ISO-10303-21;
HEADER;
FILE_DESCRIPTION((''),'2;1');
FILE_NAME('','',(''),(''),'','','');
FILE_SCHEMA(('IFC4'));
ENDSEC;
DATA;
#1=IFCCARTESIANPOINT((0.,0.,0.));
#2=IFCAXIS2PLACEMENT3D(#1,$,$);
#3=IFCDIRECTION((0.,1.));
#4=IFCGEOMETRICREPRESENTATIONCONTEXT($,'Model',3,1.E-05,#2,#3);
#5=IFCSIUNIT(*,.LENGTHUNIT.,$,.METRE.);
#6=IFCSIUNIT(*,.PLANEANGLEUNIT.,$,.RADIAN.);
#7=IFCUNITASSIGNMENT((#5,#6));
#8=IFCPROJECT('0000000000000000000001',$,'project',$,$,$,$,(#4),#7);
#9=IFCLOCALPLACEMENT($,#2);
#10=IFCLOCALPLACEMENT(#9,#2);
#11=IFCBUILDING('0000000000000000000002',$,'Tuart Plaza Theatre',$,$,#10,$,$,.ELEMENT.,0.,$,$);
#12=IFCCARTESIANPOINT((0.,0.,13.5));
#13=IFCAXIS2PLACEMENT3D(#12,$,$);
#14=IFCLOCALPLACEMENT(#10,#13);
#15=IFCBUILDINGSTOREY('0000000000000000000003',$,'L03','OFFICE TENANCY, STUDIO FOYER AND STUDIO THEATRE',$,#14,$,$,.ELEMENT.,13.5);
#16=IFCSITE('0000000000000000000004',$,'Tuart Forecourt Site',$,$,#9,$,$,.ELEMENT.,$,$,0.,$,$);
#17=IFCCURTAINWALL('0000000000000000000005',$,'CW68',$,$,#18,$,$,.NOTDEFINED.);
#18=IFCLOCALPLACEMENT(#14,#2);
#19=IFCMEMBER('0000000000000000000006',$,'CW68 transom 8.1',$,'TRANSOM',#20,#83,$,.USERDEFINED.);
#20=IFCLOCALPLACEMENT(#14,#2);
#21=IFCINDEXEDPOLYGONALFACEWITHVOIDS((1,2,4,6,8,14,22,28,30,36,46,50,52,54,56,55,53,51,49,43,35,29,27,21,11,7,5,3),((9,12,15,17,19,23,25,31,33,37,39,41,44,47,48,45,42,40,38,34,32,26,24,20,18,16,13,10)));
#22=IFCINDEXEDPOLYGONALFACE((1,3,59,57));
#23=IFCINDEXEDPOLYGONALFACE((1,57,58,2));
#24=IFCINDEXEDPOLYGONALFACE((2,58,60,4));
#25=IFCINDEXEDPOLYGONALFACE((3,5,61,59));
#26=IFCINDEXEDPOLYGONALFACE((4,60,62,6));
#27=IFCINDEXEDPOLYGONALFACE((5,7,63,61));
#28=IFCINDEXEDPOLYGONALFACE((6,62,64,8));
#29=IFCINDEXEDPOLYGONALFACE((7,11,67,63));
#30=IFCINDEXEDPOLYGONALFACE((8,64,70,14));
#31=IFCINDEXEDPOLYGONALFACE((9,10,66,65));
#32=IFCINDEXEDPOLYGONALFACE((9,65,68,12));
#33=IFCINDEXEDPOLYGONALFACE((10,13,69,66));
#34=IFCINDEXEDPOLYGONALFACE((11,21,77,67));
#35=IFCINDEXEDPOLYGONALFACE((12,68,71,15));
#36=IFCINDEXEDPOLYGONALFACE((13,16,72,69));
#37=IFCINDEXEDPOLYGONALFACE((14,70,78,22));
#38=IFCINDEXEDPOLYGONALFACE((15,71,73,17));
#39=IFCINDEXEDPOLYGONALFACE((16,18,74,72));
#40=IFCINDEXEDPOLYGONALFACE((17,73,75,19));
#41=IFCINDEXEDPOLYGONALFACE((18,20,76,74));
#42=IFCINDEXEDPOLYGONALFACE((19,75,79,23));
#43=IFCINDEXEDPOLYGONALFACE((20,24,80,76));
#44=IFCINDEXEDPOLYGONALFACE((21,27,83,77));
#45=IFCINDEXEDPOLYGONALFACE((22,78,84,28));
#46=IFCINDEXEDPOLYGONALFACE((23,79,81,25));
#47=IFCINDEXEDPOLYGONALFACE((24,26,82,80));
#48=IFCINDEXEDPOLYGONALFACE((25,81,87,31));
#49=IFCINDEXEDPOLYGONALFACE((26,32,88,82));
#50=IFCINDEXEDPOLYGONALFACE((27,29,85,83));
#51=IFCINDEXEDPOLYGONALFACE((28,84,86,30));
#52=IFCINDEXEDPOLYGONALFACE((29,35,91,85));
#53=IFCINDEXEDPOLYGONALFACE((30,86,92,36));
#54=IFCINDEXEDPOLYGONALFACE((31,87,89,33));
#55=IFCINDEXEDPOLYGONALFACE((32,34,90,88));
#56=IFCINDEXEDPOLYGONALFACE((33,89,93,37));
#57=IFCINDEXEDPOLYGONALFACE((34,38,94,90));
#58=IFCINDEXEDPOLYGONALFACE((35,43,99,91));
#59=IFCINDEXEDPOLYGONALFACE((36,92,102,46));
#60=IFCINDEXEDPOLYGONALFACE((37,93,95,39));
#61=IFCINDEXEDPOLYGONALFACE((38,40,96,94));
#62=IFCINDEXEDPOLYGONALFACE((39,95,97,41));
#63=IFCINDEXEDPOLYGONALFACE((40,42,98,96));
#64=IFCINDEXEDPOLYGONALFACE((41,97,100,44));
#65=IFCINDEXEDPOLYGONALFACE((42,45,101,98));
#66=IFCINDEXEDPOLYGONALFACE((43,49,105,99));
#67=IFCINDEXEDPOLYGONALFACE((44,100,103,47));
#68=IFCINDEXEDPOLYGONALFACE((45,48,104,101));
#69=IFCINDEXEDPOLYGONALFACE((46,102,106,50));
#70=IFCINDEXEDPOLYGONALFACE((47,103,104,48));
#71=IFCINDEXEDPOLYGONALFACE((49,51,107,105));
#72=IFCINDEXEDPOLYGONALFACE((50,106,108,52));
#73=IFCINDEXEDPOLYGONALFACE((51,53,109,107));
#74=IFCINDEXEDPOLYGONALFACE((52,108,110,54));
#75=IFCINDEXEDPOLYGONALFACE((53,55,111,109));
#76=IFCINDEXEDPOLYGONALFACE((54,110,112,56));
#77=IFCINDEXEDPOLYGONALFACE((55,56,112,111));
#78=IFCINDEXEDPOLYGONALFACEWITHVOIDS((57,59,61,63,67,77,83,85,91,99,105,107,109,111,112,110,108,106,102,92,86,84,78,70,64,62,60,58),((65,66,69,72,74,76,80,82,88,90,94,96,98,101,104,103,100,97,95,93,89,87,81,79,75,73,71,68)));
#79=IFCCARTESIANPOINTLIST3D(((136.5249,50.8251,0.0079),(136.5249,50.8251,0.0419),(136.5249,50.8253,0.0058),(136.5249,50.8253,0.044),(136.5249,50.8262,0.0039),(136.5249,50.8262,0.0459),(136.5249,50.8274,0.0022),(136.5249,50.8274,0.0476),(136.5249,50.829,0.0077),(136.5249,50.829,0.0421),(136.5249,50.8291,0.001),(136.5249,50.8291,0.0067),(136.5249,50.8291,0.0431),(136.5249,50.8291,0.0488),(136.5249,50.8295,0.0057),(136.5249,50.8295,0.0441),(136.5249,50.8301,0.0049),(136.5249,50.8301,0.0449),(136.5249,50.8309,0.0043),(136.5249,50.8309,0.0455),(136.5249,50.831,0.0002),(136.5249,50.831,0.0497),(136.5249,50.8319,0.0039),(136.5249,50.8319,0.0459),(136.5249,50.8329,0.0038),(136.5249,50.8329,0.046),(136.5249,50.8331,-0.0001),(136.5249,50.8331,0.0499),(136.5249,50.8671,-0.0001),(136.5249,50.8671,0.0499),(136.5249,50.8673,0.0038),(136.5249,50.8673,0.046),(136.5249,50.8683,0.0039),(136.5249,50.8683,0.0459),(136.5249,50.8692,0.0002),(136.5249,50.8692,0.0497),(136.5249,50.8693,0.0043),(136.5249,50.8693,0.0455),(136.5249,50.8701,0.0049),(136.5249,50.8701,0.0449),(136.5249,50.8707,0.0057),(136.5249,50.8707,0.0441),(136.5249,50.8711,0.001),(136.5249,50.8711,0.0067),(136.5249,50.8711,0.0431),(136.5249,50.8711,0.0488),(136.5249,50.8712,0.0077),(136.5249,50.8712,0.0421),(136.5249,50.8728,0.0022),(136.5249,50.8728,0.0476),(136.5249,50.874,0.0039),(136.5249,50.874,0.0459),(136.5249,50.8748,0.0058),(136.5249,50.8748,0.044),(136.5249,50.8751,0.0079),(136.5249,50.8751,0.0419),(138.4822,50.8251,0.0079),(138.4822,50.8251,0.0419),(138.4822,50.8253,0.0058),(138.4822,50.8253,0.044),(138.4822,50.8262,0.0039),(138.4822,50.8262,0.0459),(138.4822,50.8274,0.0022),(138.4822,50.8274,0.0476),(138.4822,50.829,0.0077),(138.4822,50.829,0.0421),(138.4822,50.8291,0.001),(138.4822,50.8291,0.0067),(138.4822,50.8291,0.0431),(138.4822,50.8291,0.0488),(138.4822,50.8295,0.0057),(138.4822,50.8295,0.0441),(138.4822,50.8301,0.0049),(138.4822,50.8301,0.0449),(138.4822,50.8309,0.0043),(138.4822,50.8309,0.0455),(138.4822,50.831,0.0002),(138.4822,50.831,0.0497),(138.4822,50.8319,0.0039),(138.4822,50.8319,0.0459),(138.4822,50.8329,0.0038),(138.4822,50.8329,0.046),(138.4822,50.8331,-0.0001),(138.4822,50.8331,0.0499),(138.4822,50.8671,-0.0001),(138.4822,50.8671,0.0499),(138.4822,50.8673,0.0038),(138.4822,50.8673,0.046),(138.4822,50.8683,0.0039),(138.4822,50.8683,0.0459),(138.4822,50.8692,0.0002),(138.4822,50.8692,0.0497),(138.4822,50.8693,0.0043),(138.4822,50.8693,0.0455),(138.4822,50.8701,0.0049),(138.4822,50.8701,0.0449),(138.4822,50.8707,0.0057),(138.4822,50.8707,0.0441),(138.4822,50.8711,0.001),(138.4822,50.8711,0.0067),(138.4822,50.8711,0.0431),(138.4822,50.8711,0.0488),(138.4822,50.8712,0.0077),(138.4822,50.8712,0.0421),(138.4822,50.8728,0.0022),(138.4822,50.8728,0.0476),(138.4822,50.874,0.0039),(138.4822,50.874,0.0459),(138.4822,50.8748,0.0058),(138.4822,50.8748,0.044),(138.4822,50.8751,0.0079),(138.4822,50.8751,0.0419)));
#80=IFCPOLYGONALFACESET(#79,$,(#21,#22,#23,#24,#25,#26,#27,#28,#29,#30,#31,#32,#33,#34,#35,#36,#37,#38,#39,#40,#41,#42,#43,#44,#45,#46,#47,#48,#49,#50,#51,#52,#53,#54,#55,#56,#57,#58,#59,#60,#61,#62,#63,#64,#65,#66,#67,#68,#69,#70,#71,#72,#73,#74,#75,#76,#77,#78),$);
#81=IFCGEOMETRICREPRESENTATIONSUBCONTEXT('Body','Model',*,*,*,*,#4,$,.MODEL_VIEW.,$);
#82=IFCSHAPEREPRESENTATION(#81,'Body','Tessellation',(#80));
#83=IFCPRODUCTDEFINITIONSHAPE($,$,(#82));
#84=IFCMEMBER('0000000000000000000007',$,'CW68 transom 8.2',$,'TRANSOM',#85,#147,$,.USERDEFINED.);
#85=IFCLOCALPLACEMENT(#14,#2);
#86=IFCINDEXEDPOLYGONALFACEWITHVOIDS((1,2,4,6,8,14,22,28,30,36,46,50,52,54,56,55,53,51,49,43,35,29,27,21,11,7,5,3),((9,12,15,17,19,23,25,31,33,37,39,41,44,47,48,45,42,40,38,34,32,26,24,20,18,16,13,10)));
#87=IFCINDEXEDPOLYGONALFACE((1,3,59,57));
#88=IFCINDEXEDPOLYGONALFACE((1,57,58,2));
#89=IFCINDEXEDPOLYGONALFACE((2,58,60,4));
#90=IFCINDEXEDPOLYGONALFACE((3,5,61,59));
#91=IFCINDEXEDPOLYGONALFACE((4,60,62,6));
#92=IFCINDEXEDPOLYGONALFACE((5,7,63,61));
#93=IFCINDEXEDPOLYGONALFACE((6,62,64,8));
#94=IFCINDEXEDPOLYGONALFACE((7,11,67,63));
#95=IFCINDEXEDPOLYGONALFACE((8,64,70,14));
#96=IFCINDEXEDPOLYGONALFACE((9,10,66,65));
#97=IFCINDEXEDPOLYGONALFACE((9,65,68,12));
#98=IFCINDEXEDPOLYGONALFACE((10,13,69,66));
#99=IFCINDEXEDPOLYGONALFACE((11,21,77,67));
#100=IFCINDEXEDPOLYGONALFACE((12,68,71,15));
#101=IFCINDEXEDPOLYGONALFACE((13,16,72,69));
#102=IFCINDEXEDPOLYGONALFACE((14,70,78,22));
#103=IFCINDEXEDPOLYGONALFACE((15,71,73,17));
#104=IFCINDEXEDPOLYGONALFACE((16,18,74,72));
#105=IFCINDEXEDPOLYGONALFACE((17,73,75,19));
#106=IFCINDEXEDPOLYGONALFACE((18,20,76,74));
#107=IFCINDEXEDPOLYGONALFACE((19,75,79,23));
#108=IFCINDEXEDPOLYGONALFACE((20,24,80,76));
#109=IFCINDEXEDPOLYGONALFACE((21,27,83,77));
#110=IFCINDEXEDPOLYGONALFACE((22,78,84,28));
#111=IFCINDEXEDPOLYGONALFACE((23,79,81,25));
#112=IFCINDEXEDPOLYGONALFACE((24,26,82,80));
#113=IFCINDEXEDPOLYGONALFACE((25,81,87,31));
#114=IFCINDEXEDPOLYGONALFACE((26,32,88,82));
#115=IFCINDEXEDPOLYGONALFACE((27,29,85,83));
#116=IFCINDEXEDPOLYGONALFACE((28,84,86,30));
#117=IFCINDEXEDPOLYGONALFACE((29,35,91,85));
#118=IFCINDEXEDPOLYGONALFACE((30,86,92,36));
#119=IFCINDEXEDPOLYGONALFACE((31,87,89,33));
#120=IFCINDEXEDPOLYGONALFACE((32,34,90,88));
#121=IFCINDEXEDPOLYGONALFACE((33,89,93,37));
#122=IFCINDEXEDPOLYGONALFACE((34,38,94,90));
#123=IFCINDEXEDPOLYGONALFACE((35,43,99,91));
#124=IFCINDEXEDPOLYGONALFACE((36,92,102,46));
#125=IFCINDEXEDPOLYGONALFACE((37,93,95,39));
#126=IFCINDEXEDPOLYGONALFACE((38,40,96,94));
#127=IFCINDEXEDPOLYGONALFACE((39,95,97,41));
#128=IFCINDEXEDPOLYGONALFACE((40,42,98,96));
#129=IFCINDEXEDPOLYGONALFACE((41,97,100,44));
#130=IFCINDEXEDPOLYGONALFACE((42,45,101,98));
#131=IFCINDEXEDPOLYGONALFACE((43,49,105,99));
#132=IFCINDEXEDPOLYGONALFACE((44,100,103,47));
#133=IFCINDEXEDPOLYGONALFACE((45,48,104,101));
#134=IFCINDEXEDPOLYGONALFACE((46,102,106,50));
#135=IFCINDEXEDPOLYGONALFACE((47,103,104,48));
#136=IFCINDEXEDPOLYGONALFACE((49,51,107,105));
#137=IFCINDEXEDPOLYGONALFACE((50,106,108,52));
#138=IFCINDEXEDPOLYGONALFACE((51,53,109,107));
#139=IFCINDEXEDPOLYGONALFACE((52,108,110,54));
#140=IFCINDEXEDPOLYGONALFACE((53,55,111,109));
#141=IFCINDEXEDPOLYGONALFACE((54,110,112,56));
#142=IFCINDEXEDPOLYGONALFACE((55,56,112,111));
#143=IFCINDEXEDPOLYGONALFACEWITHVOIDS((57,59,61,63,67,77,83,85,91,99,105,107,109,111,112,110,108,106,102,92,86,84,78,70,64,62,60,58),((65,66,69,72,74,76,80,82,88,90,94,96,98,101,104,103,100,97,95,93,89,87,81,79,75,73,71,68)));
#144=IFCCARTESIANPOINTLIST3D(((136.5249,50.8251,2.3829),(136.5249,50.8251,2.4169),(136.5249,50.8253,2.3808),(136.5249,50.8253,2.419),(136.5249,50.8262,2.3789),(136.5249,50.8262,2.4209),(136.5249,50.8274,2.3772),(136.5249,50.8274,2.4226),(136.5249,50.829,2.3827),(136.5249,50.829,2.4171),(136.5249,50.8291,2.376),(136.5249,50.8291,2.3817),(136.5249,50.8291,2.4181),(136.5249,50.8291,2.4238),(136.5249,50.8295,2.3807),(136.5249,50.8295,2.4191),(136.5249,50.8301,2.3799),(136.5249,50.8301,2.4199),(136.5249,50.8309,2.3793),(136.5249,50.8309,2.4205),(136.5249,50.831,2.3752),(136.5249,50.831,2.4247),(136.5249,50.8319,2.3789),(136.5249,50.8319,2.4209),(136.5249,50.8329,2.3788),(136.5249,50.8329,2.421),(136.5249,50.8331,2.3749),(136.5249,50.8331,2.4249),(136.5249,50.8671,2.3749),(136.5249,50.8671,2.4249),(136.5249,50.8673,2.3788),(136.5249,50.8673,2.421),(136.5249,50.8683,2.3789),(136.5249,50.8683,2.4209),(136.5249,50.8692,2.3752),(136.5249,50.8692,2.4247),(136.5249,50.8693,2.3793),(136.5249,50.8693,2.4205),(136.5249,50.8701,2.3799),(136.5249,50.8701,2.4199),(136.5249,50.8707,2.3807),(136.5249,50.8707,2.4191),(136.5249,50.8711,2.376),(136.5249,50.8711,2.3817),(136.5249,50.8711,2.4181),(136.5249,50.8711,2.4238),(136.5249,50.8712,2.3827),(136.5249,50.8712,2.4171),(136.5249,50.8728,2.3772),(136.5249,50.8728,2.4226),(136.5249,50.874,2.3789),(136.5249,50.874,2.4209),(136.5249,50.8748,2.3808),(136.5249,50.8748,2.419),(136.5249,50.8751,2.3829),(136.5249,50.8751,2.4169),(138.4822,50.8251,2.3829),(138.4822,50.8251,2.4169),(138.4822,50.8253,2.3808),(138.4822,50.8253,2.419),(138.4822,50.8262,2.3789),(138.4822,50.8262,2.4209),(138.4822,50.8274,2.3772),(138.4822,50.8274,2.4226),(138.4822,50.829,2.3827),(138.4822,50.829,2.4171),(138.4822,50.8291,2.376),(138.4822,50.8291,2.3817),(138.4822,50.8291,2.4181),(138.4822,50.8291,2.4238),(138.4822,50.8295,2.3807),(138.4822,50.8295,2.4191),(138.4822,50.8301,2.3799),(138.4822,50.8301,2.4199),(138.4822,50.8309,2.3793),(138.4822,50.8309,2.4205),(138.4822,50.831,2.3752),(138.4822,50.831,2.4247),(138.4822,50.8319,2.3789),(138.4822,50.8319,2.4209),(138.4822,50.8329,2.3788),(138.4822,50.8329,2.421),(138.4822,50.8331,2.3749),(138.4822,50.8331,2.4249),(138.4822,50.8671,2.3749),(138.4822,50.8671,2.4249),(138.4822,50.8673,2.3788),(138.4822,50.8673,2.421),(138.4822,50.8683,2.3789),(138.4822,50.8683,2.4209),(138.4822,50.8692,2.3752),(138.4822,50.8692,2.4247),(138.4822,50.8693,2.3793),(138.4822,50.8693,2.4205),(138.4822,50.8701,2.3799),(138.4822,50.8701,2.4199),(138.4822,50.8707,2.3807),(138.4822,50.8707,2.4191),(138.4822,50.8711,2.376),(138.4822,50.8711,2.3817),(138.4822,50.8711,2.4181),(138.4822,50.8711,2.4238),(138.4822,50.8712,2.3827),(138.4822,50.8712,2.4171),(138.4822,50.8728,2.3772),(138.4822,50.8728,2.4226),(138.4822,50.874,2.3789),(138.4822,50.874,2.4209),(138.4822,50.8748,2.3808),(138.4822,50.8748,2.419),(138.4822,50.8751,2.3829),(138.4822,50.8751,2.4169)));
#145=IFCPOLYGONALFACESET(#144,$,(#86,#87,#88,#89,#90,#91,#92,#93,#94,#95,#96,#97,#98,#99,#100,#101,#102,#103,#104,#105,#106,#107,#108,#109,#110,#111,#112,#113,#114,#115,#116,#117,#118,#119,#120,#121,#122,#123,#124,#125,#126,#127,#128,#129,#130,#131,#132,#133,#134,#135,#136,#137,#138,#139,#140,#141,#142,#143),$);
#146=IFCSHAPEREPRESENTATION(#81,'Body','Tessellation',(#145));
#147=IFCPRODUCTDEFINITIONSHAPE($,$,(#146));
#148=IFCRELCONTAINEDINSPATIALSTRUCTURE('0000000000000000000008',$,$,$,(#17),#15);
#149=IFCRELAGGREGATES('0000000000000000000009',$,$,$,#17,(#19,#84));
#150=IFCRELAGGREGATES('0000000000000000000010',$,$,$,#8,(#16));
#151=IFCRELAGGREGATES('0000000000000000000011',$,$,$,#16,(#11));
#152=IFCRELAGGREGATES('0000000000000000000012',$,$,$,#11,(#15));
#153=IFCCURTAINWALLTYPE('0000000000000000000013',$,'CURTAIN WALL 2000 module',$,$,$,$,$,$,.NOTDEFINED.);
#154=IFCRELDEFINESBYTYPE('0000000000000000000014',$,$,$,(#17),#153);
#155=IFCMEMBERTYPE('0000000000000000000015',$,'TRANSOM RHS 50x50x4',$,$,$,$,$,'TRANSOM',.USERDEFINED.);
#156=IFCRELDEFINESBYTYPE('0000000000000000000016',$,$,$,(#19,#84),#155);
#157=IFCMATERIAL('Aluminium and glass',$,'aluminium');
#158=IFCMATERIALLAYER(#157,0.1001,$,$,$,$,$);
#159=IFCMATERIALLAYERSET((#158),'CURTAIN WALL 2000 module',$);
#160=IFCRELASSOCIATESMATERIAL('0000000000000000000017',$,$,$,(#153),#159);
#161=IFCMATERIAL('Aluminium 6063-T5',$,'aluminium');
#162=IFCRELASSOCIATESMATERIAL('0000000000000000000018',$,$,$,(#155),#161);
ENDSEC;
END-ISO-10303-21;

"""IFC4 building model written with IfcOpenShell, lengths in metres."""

from ifc_helpers import new_model, si_unit, direction, frame, origin, origin_2d, place, context, subcontext, project, spatial, hollow_rectangle, extrude, material, layer, layer_set, material_profile, profile_set, type_object, element, aggregate, save


model = new_model("IFC4")

# Units and contexts
model_context = context("Model", 3, precision=1e-05, world=origin(), true_north=direction((0.0, 1.0)))
body_context = subcontext(model_context, "Body", "Model", "MODEL_VIEW")
ifc_project = project(units=[si_unit("LENGTHUNIT", "METRE"), si_unit("PLANEANGLEUNIT", "RADIAN")], contexts=[model_context])

# Site, building, storey
site_placement = place(None, origin())
site = spatial("IfcSite", under=ifc_project, at=site_placement, Name="Tuart Forecourt Site", CompositionType="ELEMENT", RefElevation=0.0)
building_placement = place(site_placement, origin())
building = spatial("IfcBuilding", under=site, at=building_placement, Name="Tuart Plaza Theatre", CompositionType="ELEMENT", ElevationOfRefHeight=0.0)
storey_placement = place(building_placement, frame((0.0, 0.0, 13.5)))
storey = spatial("IfcBuildingStorey", under=building, at=storey_placement, Name="L03", Description="OFFICE TENANCY, STUDIO FOYER AND STUDIO THEATRE", CompositionType="ELEMENT", Elevation=13.5)

# Curtain wall, members
ifc_material_1 = material(Name="Aluminium and glass", Category="aluminium")
ifc_layer_1 = layer(ifc_material_1, 0.1001)
ifc_layer_set_1 = layer_set([ifc_layer_1], Name="CURTAIN WALL 2000 module")
curtain_wall_type = type_object("IfcCurtainWallType", Name="CURTAIN WALL 2000 module", PredefinedType="NOTDEFINED", material=ifc_layer_set_1)
curtain_wall_placement = place(storey_placement, origin())
curtain_wall = element("IfcCurtainWall", 1, at=curtain_wall_placement, inside=storey, type_object=curtain_wall_type, Name="CW68", PredefinedType="NOTDEFINED")
ifc_material_2 = material(Name="Aluminium 6063-T5", Category="aluminium")
ifc_material_profile_1 = material_profile(ifc_material_2, hollow_rectangle(XDim=0.05, YDim=0.05, WallThickness=0.0039, InnerFilletRadius=0.0039, OuterFilletRadius=0.0081, at=origin_2d()), Name="RHS 50x50x4")
ifc_profile_set_1 = profile_set([ifc_material_profile_1], Name="Aluminium 6063-T5")
member_type_1 = type_object("IfcMemberType", Name="TRANSOM RHS 50x50x4", ElementType="TRANSOM", PredefinedType="USERDEFINED", material=ifc_profile_set_1)
member_1_placement = place(storey_placement, frame((136.5249, 50.8501, 0.0249), z_axis=(1.0, 0.0, 0.0), x_axis=(0.0, 1.0, 0.0)))
member_1 = element("IfcMember", 2, at=member_1_placement, type_object=member_type_1, Name="CW68 transom 8.1", ObjectType="TRANSOM", PredefinedType="USERDEFINED", context=body_context, shape_type="SweptSolid", body=[
    extrude(hollow_rectangle(XDim=0.05, YDim=0.05, WallThickness=0.0039, InnerFilletRadius=0.0039, OuterFilletRadius=0.0081, at=origin_2d()), origin(), (0.0, 0.0, 1.0), 1.9573),
])
member_2_placement = place(storey_placement, frame((136.5249, 50.8501, 2.3999), z_axis=(1.0, 0.0, 0.0), x_axis=(0.0, 1.0, 0.0)))
member_2 = element("IfcMember", 3, at=member_2_placement, type_object=member_type_1, Name="CW68 transom 8.2", ObjectType="TRANSOM", PredefinedType="USERDEFINED", context=body_context, shape_type="SweptSolid", body=[
    extrude(hollow_rectangle(XDim=0.05, YDim=0.05, WallThickness=0.0039, InnerFilletRadius=0.0039, OuterFilletRadius=0.0081, at=origin_2d()), origin(), (0.0, 0.0, 1.0), 1.9573),
])
aggregate(curtain_wall, [member_1, member_2])

save(model, "model.ifc")
